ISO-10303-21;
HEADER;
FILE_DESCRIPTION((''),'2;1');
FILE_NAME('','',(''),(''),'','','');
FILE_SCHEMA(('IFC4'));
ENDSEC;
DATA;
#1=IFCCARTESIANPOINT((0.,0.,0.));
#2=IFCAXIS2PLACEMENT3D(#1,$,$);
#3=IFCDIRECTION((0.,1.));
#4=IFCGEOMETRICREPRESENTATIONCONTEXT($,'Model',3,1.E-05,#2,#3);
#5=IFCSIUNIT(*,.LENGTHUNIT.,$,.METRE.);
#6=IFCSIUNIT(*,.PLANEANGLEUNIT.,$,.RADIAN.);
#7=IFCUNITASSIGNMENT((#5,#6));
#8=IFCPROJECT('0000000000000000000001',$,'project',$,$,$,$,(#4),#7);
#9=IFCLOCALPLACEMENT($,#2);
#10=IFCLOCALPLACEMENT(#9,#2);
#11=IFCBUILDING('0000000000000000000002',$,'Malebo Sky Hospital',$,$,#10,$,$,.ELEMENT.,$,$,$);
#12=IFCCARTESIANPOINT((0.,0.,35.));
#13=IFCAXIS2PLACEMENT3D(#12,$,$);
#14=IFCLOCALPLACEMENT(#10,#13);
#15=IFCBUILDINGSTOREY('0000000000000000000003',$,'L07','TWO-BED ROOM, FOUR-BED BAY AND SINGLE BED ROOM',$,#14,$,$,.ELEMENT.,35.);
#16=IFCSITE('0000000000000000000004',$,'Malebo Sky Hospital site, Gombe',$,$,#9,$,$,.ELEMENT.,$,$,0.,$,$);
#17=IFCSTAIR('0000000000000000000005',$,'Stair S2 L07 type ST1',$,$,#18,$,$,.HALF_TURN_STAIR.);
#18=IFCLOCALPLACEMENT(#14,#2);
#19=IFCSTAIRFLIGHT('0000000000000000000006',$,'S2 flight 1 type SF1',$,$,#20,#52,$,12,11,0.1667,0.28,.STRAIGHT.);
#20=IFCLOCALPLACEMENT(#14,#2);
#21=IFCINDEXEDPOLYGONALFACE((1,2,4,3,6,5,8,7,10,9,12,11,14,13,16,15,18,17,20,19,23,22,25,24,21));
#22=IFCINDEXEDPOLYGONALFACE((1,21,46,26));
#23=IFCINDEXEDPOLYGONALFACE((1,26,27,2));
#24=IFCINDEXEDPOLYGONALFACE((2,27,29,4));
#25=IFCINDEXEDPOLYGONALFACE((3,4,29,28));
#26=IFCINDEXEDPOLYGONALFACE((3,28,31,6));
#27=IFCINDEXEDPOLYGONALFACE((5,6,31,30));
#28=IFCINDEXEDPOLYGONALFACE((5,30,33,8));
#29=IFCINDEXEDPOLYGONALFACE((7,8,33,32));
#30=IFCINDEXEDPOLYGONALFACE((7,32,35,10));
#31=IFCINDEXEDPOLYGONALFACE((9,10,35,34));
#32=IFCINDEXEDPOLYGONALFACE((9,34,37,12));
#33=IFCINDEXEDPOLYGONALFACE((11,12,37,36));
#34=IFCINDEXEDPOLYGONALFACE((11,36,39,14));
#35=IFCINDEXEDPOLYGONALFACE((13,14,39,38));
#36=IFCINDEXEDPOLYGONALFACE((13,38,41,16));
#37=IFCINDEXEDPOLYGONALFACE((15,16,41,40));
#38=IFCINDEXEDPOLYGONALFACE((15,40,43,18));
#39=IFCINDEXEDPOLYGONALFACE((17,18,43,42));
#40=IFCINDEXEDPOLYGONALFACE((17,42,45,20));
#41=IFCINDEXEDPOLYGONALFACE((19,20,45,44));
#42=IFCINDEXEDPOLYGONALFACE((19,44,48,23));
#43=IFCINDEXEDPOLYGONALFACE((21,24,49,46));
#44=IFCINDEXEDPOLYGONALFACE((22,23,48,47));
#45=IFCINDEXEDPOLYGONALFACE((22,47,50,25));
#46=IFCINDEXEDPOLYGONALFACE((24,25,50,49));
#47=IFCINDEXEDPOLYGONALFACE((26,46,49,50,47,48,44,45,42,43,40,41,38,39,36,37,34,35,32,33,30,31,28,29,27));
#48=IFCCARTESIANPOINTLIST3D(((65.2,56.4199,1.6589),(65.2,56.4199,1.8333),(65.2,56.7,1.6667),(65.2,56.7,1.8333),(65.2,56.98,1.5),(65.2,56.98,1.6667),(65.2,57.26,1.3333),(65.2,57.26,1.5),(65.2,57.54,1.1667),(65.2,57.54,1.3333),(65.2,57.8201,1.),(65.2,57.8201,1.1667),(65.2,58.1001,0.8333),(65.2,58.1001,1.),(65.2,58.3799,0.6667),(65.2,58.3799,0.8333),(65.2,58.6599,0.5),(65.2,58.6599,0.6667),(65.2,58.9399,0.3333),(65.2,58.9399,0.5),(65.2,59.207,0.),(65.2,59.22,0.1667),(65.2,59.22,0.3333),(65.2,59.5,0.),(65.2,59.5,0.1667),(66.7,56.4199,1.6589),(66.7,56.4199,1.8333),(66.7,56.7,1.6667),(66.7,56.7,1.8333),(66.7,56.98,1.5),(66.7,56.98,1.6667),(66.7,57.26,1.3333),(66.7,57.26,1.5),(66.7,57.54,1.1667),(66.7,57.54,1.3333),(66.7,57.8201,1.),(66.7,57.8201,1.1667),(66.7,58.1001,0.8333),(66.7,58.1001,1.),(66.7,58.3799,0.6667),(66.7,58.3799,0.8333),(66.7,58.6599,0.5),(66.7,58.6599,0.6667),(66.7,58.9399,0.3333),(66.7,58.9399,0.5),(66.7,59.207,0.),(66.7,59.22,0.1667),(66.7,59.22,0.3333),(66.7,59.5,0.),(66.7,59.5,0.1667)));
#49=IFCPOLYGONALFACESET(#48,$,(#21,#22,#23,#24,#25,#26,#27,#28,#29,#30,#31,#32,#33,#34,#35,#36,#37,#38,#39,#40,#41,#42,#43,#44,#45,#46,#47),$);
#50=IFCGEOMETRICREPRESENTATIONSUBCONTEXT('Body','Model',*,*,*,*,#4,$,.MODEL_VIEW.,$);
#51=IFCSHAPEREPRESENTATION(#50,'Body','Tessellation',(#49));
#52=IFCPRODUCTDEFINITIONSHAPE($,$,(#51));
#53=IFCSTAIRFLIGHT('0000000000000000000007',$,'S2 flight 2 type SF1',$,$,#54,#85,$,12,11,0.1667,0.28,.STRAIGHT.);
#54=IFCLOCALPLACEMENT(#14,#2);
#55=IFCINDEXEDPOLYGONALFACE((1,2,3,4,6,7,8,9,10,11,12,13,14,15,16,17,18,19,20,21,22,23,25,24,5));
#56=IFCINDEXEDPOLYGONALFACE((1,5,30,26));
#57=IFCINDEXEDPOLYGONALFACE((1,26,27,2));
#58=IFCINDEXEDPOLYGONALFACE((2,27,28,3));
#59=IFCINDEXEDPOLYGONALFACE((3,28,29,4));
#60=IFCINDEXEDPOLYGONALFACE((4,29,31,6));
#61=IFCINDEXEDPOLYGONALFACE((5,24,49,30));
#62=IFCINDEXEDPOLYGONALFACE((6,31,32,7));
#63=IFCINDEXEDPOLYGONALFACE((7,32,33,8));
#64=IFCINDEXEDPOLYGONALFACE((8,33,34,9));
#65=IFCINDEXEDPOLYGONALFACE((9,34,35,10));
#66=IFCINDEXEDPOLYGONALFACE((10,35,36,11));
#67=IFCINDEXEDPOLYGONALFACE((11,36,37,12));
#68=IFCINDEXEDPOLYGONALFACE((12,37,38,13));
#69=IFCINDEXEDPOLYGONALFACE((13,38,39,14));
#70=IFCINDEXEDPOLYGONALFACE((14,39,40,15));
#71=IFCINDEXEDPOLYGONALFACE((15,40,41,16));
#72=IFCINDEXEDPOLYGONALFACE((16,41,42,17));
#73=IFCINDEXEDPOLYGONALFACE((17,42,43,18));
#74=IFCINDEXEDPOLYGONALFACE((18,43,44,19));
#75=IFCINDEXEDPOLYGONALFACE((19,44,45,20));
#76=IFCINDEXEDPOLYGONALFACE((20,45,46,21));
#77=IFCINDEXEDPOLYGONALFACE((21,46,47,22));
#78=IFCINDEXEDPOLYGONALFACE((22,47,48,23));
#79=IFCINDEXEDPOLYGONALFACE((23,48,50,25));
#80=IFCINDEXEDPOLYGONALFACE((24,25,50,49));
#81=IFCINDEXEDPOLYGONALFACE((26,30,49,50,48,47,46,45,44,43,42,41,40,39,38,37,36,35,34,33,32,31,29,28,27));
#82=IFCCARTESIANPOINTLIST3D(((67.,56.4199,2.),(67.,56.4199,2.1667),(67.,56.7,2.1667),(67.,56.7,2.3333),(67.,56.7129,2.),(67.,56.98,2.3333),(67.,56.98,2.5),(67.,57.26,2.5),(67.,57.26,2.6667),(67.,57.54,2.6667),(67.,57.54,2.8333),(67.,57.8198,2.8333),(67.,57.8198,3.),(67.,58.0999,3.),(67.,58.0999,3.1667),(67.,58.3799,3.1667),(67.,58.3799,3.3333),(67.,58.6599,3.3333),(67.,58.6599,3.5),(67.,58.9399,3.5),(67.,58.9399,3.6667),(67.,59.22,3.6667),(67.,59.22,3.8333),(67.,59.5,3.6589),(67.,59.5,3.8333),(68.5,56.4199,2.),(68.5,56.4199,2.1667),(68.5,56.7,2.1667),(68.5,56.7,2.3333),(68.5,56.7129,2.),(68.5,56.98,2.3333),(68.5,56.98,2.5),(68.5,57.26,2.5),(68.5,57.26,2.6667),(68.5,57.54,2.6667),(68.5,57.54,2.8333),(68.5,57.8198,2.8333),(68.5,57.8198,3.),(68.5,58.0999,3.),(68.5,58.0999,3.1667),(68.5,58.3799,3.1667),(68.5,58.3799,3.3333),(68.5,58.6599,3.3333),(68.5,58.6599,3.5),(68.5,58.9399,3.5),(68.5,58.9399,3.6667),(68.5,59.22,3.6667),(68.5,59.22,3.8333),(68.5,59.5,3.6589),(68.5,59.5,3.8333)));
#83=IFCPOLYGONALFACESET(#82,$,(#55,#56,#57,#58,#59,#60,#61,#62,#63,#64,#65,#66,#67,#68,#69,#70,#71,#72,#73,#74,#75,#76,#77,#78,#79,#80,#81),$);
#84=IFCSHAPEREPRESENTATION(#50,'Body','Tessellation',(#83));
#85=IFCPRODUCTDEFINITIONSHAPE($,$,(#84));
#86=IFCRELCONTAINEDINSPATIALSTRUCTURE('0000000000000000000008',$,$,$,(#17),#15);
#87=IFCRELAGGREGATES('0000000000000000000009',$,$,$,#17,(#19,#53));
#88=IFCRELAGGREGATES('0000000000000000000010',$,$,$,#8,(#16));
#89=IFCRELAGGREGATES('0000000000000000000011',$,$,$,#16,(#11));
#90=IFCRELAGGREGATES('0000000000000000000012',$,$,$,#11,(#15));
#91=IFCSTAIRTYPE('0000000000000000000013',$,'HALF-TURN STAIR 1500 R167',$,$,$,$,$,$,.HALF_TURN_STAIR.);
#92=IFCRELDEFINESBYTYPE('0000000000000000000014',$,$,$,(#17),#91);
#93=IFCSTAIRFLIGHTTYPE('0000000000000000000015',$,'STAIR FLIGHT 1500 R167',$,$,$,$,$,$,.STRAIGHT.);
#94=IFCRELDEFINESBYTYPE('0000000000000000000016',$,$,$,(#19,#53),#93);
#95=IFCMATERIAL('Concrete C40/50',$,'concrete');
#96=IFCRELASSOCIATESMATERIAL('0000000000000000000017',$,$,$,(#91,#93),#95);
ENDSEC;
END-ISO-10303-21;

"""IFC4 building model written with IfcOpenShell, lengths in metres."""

from ifc_helpers import new_model, si_unit, direction, frame, origin, place, context, subcontext, project, spatial, polyline, outline, extrude, material, type_object, element, aggregate, save


model = new_model("IFC4")

# Units and contexts
model_context = context("Model", 3, precision=1e-05, world=origin(), true_north=direction((0.0, 1.0)))
body_context = subcontext(model_context, "Body", "Model", "MODEL_VIEW")
ifc_project = project(units=[si_unit("LENGTHUNIT", "METRE"), si_unit("PLANEANGLEUNIT", "RADIAN")], contexts=[model_context])

# Site, building, storey
site_placement = place(None, origin())
site = spatial("IfcSite", under=ifc_project, at=site_placement, Name="Malebo Sky Hospital site, Gombe", CompositionType="ELEMENT", RefElevation=0.0)
building_placement = place(site_placement, origin())
building = spatial("IfcBuilding", under=site, at=building_placement, Name="Malebo Sky Hospital", CompositionType="ELEMENT")
storey_placement = place(building_placement, frame((0.0, 0.0, 35.0)))
storey = spatial("IfcBuildingStorey", under=building, at=storey_placement, Name="L07", Description="TWO-BED ROOM, FOUR-BED BAY AND SINGLE BED ROOM", CompositionType="ELEMENT", Elevation=35.0)

# Stair, stair flights
ifc_material_1 = material(Name="Concrete C40/50", Category="concrete")
stair_type = type_object("IfcStairType", Name="HALF-TURN STAIR 1500 R167", PredefinedType="HALF_TURN_STAIR", material=ifc_material_1)
stair_placement = place(storey_placement, origin())
stair = element("IfcStair", 1, at=stair_placement, inside=storey, type_object=stair_type, Name="Stair S2 L07 type ST1", PredefinedType="HALF_TURN_STAIR")
stair_flight_type = type_object("IfcStairFlightType", Name="STAIR FLIGHT 1500 R167", PredefinedType="STRAIGHT", material=ifc_material_1)
stair_flight_1_placement = place(storey_placement, frame((65.95, 59.5, 0.0), z_axis=(0.0, 0.0, 1.0), x_axis=(0.0, -1.0, 0.0)))
stair_flight_1 = element("IfcStairFlight", 2, at=stair_flight_1_placement, type_object=stair_flight_type, Name="S2 flight 1 type SF1", NumberOfRisers=12, NumberOfTreads=11, PredefinedType="STRAIGHT", RiserHeight=0.1667, TreadLength=0.28, context=body_context, shape_type="SweptSolid", body=[
    extrude(outline(polyline([(0.0, 0.0), (0.0, 0.1667), (0.28, 0.1667), (0.28, 0.3333), (0.5601, 0.3333), (0.5601, 0.5), (0.8401, 0.5), (0.8401, 0.6667), (1.1201, 0.6667), (1.1201, 0.8333), (1.3999, 0.8333), (1.3999, 1.0), (1.6799, 1.0), (1.6799, 1.1667), (1.96, 1.1667), (1.96, 1.3333), (2.24, 1.3333), (2.24, 1.5), (2.52, 1.5), (2.52, 1.6667), (2.8, 1.6667), (2.8, 1.8333), (3.0801, 1.8333), (3.0801, 2.0), (3.0801, 1.6589), (0.293, 0.0), (0.0, 0.0)])), frame((0.0, 0.75, 0.0), z_axis=(0.0, -1.0, 0.0), x_axis=(1.0, 0.0, 0.0)), (0.0, 0.0, 1.0), 1.5),
])
stair_flight_2_placement = place(storey_placement, frame((67.75, 56.4199, 2.0), z_axis=(0.0, 0.0, 1.0), x_axis=(0.0, 1.0, 0.0)))
stair_flight_2 = element("IfcStairFlight", 3, at=stair_flight_2_placement, type_object=stair_flight_type, Name="S2 flight 2 type SF1", NumberOfRisers=12, NumberOfTreads=11, PredefinedType="STRAIGHT", RiserHeight=0.1667, TreadLength=0.28, context=body_context, shape_type="SweptSolid", body=[
    extrude(outline(polyline([(0.0, 0.0), (0.0, 0.1667), (0.28, 0.1667), (0.28, 0.3333), (0.5601, 0.3333), (0.5601, 0.5), (0.8401, 0.5), (0.8401, 0.6667), (1.1201, 0.6667), (1.1201, 0.8333), (1.3999, 0.8333), (1.3999, 1.0), (1.6799, 1.0), (1.6799, 1.1667), (1.96, 1.1667), (1.96, 1.3333), (2.24, 1.3333), (2.24, 1.5), (2.52, 1.5), (2.52, 1.6667), (2.8, 1.6667), (2.8, 1.8333), (3.0801, 1.8333), (3.0801, 2.0), (3.0801, 1.6589), (0.293, 0.0), (0.0, 0.0)])), frame((0.0, 0.75, 0.0), z_axis=(0.0, -1.0, 0.0), x_axis=(1.0, 0.0, 0.0)), (0.0, 0.0, 1.0), 1.5),
])
aggregate(stair, [stair_flight_1, stair_flight_2])

save(model, "model.ifc")
